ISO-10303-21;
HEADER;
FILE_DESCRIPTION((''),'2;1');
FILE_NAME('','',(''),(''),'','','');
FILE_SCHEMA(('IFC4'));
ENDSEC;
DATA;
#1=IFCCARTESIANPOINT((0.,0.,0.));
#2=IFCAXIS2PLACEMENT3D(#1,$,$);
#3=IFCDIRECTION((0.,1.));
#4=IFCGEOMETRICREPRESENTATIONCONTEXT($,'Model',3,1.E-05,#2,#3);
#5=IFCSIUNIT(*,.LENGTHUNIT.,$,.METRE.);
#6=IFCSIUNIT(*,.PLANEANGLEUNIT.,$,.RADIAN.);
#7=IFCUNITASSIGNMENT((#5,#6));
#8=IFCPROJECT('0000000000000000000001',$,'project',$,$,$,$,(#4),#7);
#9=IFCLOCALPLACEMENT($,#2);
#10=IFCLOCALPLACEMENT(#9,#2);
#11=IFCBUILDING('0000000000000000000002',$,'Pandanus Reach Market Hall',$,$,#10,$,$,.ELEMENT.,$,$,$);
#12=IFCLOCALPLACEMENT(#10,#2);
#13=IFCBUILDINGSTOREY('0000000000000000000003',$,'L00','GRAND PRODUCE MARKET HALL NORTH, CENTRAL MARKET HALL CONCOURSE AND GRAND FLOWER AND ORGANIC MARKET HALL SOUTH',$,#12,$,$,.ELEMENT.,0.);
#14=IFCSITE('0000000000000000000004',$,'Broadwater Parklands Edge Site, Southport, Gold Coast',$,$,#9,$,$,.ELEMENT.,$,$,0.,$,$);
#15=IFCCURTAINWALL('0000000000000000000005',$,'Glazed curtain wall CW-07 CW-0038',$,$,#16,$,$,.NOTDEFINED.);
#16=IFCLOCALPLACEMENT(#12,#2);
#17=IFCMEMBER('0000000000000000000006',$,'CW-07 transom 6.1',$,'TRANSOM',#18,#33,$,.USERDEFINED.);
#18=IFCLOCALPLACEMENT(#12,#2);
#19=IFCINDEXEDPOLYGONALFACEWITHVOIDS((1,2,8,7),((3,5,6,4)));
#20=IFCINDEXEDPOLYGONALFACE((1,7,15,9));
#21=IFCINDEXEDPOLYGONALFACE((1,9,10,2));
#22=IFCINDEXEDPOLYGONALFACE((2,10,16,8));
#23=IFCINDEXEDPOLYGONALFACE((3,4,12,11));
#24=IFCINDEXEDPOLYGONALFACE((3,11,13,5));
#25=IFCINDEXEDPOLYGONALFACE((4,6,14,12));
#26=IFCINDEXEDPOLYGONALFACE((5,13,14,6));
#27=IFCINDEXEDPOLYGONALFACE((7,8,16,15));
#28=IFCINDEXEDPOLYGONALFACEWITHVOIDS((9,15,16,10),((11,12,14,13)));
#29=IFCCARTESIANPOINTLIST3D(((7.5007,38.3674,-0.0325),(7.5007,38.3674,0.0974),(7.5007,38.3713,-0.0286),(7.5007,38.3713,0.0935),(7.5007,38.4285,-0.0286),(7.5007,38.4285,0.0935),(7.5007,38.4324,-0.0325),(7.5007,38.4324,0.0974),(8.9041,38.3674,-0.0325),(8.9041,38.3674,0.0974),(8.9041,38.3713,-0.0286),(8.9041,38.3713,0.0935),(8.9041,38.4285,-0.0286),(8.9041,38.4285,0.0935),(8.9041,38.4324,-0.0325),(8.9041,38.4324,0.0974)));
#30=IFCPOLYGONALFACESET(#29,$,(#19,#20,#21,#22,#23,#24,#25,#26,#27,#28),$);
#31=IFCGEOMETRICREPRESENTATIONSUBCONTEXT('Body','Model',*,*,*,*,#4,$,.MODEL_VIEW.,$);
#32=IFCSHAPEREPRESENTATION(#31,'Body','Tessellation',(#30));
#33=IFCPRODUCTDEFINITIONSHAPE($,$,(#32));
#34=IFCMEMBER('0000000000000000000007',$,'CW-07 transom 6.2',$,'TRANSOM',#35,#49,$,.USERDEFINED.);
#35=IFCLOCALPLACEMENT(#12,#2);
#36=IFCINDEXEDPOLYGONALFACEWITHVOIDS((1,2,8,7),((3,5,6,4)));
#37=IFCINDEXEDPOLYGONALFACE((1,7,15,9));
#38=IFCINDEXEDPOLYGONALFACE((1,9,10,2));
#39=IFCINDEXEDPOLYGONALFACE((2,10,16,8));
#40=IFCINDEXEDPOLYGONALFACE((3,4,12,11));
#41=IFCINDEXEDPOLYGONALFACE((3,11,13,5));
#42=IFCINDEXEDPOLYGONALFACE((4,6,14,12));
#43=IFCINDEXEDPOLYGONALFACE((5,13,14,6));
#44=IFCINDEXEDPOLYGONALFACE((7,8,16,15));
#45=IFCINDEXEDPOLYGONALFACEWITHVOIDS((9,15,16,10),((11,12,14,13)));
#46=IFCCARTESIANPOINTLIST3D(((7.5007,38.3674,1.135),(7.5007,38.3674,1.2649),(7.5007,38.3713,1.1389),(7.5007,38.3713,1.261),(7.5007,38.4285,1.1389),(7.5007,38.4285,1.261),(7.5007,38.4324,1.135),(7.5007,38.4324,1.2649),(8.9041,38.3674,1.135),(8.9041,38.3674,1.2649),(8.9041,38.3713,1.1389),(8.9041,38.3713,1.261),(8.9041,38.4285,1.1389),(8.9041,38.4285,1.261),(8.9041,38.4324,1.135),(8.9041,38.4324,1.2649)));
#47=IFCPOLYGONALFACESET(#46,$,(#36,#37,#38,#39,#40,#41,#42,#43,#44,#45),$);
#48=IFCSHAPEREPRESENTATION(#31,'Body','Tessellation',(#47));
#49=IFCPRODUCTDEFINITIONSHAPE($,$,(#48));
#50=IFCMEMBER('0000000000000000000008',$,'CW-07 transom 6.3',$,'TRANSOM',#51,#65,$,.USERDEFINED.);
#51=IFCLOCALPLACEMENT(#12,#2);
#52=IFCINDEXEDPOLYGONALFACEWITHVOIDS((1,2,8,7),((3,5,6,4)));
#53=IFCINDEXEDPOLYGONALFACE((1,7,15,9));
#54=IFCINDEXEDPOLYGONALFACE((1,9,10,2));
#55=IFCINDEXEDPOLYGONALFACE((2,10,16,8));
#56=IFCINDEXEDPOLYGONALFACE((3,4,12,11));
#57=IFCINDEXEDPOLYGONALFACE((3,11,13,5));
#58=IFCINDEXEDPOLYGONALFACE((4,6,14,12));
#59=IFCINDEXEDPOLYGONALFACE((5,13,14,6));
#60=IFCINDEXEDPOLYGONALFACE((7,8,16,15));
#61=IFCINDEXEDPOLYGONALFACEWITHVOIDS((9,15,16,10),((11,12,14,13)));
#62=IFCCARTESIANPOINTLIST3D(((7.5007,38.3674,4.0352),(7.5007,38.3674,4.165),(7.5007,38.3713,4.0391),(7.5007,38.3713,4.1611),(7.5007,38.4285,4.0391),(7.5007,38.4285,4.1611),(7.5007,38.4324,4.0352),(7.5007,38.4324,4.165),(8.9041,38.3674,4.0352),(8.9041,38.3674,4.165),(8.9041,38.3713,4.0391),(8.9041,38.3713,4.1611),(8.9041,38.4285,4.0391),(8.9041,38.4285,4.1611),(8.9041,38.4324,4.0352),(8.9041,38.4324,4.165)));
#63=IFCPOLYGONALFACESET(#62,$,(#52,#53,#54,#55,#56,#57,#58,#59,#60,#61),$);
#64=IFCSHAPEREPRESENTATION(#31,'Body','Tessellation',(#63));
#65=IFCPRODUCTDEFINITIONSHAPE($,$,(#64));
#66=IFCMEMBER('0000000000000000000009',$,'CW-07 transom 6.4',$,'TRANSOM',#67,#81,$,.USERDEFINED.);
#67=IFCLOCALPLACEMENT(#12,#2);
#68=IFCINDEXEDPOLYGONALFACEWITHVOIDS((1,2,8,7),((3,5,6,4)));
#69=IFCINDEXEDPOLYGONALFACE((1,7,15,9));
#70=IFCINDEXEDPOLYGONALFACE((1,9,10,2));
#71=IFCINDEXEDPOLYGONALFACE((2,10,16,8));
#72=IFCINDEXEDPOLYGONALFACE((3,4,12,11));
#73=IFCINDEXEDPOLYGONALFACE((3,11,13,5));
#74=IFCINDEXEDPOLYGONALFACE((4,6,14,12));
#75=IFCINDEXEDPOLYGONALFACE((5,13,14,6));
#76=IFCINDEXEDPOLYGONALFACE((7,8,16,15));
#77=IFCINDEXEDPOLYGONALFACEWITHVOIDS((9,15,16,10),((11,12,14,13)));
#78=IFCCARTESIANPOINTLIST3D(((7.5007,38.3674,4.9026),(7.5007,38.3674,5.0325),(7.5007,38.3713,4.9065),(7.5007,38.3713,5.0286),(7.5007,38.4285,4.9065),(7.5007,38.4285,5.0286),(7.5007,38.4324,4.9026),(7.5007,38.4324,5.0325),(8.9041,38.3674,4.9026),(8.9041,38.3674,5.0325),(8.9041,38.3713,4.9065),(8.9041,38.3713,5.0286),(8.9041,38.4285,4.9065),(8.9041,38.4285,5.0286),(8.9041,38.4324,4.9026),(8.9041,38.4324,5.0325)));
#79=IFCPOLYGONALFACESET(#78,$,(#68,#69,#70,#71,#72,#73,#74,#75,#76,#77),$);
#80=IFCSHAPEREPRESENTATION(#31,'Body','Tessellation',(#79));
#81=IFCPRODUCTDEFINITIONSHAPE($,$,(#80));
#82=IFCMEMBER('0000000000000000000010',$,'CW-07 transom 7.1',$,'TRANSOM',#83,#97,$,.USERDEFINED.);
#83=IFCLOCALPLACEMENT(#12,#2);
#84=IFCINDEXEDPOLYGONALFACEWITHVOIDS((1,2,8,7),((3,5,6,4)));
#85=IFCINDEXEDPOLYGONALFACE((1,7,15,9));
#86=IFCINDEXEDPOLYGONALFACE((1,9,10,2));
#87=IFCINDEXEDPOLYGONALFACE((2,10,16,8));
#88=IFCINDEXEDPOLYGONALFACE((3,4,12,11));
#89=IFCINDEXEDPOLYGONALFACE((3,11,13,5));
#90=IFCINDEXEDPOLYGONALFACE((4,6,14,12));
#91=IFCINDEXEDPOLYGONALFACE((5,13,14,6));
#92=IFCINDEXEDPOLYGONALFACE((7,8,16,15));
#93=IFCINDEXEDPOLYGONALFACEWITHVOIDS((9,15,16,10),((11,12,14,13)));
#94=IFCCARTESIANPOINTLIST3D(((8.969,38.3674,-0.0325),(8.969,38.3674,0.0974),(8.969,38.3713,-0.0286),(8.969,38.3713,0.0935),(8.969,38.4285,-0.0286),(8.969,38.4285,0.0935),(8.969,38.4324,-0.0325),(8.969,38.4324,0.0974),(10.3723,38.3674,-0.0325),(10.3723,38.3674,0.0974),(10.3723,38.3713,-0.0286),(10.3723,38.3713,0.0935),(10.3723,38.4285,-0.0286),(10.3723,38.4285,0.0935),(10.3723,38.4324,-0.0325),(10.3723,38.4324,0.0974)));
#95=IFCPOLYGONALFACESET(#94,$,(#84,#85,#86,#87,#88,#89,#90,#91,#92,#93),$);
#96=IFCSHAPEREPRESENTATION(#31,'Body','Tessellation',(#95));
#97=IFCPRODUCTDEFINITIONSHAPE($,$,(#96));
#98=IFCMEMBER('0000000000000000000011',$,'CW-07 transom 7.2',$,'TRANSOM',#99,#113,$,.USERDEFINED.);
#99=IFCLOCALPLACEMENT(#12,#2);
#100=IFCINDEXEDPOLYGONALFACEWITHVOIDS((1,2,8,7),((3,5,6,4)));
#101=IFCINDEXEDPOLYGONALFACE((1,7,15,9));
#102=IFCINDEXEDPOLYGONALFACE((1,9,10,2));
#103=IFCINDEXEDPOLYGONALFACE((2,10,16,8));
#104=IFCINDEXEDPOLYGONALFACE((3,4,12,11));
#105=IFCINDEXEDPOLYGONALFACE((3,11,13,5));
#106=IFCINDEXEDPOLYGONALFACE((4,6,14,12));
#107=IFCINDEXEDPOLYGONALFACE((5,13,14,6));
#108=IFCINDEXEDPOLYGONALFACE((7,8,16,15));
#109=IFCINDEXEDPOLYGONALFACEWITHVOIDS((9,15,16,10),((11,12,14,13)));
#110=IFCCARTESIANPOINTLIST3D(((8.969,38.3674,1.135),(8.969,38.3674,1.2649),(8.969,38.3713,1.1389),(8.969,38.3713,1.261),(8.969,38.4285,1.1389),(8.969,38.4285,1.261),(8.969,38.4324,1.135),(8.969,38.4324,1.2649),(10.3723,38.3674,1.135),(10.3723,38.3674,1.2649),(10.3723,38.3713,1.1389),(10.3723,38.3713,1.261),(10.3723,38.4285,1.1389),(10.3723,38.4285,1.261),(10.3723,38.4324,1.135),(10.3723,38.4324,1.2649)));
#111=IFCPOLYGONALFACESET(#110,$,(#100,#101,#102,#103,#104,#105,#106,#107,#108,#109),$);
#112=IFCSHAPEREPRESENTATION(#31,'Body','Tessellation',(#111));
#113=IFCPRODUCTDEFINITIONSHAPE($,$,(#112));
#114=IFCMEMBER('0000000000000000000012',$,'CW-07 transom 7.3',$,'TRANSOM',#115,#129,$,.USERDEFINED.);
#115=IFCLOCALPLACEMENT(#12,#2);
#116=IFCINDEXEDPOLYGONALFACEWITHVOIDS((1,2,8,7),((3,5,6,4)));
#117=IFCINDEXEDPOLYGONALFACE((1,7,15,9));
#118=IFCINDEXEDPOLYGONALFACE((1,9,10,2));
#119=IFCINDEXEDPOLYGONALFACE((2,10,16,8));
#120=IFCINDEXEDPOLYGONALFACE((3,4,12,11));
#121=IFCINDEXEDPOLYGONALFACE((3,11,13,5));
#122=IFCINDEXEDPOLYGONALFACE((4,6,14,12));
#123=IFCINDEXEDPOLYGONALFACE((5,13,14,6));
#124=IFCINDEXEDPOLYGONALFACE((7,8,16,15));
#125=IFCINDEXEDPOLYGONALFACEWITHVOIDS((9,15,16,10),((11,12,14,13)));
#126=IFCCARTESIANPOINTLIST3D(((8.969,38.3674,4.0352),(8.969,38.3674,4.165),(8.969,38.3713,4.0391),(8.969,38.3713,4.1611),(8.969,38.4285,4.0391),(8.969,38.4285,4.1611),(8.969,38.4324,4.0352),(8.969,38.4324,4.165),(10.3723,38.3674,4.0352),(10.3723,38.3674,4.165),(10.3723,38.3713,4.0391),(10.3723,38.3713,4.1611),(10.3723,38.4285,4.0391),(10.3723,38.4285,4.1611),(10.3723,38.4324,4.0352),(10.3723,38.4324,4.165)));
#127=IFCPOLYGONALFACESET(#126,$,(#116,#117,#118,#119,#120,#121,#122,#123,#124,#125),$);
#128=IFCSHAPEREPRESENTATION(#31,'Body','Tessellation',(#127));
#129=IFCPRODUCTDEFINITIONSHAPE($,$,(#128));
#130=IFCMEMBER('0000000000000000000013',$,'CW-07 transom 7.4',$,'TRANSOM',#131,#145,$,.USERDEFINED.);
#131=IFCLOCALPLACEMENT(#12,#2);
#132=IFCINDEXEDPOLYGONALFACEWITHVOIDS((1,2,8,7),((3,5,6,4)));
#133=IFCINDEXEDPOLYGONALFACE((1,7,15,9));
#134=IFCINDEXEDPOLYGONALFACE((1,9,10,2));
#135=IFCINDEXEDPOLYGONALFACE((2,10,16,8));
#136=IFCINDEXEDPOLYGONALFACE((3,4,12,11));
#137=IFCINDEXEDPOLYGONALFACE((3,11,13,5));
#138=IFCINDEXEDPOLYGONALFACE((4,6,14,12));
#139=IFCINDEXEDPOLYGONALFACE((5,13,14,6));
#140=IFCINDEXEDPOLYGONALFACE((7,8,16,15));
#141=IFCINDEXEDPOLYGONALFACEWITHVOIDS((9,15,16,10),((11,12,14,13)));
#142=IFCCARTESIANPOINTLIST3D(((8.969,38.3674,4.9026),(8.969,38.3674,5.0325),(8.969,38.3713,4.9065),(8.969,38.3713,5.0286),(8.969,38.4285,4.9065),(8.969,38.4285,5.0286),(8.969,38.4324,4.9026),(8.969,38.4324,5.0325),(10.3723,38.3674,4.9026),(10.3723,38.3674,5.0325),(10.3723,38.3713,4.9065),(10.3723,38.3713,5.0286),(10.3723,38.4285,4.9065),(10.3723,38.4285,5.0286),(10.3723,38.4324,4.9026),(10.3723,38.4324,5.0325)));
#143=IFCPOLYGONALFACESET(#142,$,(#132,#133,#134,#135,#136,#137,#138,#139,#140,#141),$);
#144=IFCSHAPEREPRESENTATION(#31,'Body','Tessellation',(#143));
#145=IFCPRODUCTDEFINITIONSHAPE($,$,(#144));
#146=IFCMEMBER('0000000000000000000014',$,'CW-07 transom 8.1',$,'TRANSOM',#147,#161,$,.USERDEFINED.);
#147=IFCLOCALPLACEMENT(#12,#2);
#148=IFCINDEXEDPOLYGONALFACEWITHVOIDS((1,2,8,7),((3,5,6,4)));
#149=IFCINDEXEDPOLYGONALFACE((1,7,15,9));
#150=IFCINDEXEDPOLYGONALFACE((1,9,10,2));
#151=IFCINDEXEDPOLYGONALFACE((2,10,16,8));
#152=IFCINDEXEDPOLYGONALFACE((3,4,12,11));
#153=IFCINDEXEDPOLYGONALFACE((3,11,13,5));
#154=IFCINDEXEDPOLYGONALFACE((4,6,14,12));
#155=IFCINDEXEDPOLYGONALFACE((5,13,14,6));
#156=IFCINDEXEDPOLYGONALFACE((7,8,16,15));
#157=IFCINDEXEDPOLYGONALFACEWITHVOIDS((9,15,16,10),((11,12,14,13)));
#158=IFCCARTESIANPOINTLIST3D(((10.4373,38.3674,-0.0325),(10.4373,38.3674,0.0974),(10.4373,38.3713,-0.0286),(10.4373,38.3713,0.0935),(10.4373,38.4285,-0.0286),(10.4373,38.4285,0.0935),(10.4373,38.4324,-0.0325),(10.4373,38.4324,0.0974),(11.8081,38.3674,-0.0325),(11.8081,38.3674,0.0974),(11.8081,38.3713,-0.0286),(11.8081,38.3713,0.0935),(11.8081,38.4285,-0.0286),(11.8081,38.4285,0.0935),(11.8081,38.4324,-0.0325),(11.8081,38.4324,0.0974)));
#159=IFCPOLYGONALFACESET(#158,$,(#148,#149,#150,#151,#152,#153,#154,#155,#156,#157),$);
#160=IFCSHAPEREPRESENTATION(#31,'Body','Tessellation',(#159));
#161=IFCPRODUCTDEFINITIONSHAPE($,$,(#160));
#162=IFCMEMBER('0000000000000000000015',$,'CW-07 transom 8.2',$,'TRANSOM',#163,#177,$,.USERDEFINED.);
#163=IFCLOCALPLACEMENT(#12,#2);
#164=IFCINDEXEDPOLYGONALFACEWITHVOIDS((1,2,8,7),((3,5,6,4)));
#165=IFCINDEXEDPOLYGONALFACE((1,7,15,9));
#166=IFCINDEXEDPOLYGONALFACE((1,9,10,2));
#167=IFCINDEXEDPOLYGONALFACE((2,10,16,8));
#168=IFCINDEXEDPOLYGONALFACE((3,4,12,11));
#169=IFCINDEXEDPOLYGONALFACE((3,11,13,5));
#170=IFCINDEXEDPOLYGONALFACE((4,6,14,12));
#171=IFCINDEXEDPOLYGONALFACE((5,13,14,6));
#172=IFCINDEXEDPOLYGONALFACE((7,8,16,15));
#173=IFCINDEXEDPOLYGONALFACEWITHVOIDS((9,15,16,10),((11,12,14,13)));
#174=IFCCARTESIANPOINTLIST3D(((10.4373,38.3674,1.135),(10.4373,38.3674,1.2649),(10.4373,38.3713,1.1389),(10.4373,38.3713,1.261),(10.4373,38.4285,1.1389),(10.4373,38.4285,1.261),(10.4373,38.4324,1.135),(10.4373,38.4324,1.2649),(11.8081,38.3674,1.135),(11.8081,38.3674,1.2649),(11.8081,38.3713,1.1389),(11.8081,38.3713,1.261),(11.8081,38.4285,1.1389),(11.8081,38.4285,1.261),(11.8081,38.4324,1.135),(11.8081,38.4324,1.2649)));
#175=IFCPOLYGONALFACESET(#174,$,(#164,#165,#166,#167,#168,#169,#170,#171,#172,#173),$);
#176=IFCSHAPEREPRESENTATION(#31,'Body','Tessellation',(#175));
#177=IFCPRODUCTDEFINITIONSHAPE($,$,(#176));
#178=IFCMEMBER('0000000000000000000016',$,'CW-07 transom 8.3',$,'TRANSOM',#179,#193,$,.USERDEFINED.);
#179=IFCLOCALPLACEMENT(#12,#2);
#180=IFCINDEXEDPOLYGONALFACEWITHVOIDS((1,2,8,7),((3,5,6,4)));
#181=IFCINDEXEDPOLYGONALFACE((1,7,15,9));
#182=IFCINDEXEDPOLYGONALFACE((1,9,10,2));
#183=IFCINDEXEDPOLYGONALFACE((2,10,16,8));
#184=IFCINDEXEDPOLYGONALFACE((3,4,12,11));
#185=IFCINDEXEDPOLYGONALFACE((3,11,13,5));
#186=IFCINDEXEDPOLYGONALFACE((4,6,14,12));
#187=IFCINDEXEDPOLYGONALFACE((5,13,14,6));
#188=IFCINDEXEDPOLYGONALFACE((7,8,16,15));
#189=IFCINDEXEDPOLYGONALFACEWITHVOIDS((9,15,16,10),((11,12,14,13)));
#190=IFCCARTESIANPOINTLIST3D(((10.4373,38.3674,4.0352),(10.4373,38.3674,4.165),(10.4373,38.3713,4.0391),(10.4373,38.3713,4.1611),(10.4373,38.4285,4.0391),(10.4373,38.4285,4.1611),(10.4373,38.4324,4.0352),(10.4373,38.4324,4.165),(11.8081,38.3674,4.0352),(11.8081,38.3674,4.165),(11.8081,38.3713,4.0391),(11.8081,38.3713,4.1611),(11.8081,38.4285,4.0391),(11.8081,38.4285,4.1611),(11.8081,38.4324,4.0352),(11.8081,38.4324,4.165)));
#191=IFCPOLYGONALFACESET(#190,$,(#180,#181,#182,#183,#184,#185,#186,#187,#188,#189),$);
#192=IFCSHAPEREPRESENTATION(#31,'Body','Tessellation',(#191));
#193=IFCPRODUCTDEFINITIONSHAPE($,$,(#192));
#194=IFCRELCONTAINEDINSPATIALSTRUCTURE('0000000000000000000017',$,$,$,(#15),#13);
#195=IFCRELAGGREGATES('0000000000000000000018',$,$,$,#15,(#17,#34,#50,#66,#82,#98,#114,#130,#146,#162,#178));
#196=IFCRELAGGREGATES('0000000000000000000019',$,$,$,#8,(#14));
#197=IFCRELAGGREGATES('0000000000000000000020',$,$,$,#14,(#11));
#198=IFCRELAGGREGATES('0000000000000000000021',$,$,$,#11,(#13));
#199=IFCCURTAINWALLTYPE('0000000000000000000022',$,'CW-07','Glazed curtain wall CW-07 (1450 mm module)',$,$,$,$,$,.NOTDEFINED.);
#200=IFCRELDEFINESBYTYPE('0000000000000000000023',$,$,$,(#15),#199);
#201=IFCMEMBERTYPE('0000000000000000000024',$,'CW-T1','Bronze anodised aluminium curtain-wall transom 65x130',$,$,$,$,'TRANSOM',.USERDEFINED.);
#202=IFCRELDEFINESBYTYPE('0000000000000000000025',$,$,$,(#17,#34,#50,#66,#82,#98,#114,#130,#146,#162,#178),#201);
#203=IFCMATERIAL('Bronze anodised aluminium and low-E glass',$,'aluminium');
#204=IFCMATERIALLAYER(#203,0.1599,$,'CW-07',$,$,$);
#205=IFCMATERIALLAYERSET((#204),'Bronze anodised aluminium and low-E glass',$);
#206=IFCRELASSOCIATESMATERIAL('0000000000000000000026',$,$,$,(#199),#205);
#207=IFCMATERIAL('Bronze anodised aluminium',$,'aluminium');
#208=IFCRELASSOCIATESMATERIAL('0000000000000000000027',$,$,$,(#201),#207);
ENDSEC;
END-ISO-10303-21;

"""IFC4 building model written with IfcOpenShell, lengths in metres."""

from ifc_helpers import new_model, si_unit, direction, frame, origin, origin_2d, place, context, subcontext, project, spatial, hollow_rectangle, extrude, material, layer, layer_set, material_profile, profile_set, type_object, element, aggregate, save


model = new_model("IFC4")

# Units and contexts
model_context = context("Model", 3, precision=1e-05, world=origin(), true_north=direction((0.0, 1.0)))
body_context = subcontext(model_context, "Body", "Model", "MODEL_VIEW")
ifc_project = project(units=[si_unit("LENGTHUNIT", "METRE"), si_unit("PLANEANGLEUNIT", "RADIAN")], contexts=[model_context])

# Site, building, storey
site_placement = place(None, origin())
site = spatial("IfcSite", under=ifc_project, at=site_placement, Name="Broadwater Parklands Edge Site, Southport, Gold Coast", CompositionType="ELEMENT", RefElevation=0.0)
building_placement = place(site_placement, origin())
building = spatial("IfcBuilding", under=site, at=building_placement, Name="Pandanus Reach Market Hall", CompositionType="ELEMENT")
storey_placement = place(building_placement, origin())
storey = spatial("IfcBuildingStorey", under=building, at=storey_placement, Name="L00", Description="GRAND PRODUCE MARKET HALL NORTH, CENTRAL MARKET HALL CONCOURSE AND GRAND FLOWER AND ORGANIC MARKET HALL SOUTH", CompositionType="ELEMENT", Elevation=0.0)

# Curtain wall, members
ifc_material_1 = material(Name="Bronze anodised aluminium and low-E glass", Category="aluminium")
ifc_layer_1 = layer(ifc_material_1, 0.1599, Name="CW-07")
ifc_layer_set_1 = layer_set([ifc_layer_1], Name="Bronze anodised aluminium and low-E glass")
curtain_wall_type = type_object("IfcCurtainWallType", Name="CW-07", Description="Glazed curtain wall CW-07 (1450 mm module)", PredefinedType="NOTDEFINED", material=ifc_layer_set_1)
curtain_wall_placement = place(storey_placement, origin())
curtain_wall = element("IfcCurtainWall", 1, at=curtain_wall_placement, inside=storey, type_object=curtain_wall_type, Name="Glazed curtain wall CW-07 CW-0038", PredefinedType="NOTDEFINED")
ifc_material_2 = material(Name="Bronze anodised aluminium", Category="aluminium")
ifc_material_profile_1 = material_profile(ifc_material_2, hollow_rectangle(XDim=0.0649, YDim=0.1299, WallThickness=0.0039, at=origin_2d()), Name="ALU65x130", Category="LoadBearing")
ifc_profile_set_1 = profile_set([ifc_material_profile_1], Name="Bronze anodised aluminium")
member_type_1 = type_object("IfcMemberType", Name="CW-T1", Description="Bronze anodised aluminium curtain-wall transom 65x130", ElementType="TRANSOM", PredefinedType="USERDEFINED", material=ifc_profile_set_1)
member_1_placement = place(storey_placement, frame((7.5007, 38.3999, 0.0325), z_axis=(1.0, 0.0, 0.0), x_axis=(0.0, 1.0, 0.0)))
member_1 = element("IfcMember", 2, at=member_1_placement, type_object=member_type_1, Name="CW-07 transom 6.1", ObjectType="TRANSOM", PredefinedType="USERDEFINED", context=body_context, shape_type="SweptSolid", body=[
    extrude(hollow_rectangle(XDim=0.0649, YDim=0.1299, WallThickness=0.0039, at=origin_2d()), origin(), (0.0, 0.0, 1.0), 1.4033),
])
member_2_placement = place(storey_placement, frame((7.5007, 38.3999, 1.2), z_axis=(1.0, 0.0, 0.0), x_axis=(0.0, 1.0, 0.0)))
member_2 = element("IfcMember", 3, at=member_2_placement, type_object=member_type_1, Name="CW-07 transom 6.2", ObjectType="TRANSOM", PredefinedType="USERDEFINED", context=body_context, shape_type="SweptSolid", body=[
    extrude(hollow_rectangle(XDim=0.0649, YDim=0.1299, WallThickness=0.0039, at=origin_2d()), origin(), (0.0, 0.0, 1.0), 1.4033),
])
member_3_placement = place(storey_placement, frame((7.5007, 38.3999, 4.1001), z_axis=(1.0, 0.0, 0.0), x_axis=(0.0, 1.0, 0.0)))
member_3 = element("IfcMember", 4, at=member_3_placement, type_object=member_type_1, Name="CW-07 transom 6.3", ObjectType="TRANSOM", PredefinedType="USERDEFINED", context=body_context, shape_type="SweptSolid", body=[
    extrude(hollow_rectangle(XDim=0.0649, YDim=0.1299, WallThickness=0.0039, at=origin_2d()), origin(), (0.0, 0.0, 1.0), 1.4033),
])
member_4_placement = place(storey_placement, frame((7.5007, 38.3999, 4.9675), z_axis=(1.0, 0.0, 0.0), x_axis=(0.0, 1.0, 0.0)))
member_4 = element("IfcMember", 5, at=member_4_placement, type_object=member_type_1, Name="CW-07 transom 6.4", ObjectType="TRANSOM", PredefinedType="USERDEFINED", context=body_context, shape_type="SweptSolid", body=[
    extrude(hollow_rectangle(XDim=0.0649, YDim=0.1299, WallThickness=0.0039, at=origin_2d()), origin(), (0.0, 0.0, 1.0), 1.4033),
])
member_5_placement = place(storey_placement, frame((8.969, 38.3999, 0.0325), z_axis=(1.0, 0.0, 0.0), x_axis=(0.0, 1.0, 0.0)))
member_5 = element("IfcMember", 6, at=member_5_placement, type_object=member_type_1, Name="CW-07 transom 7.1", ObjectType="TRANSOM", PredefinedType="USERDEFINED", context=body_context, shape_type="SweptSolid", body=[
    extrude(hollow_rectangle(XDim=0.0649, YDim=0.1299, WallThickness=0.0039, at=origin_2d()), origin(), (0.0, 0.0, 1.0), 1.4033),
])
member_6_placement = place(storey_placement, frame((8.969, 38.3999, 1.2), z_axis=(1.0, 0.0, 0.0), x_axis=(0.0, 1.0, 0.0)))
member_6 = element("IfcMember", 7, at=member_6_placement, type_object=member_type_1, Name="CW-07 transom 7.2", ObjectType="TRANSOM", PredefinedType="USERDEFINED", context=body_context, shape_type="SweptSolid", body=[
    extrude(hollow_rectangle(XDim=0.0649, YDim=0.1299, WallThickness=0.0039, at=origin_2d()), origin(), (0.0, 0.0, 1.0), 1.4033),
])
member_7_placement = place(storey_placement, frame((8.969, 38.3999, 4.1001), z_axis=(1.0, 0.0, 0.0), x_axis=(0.0, 1.0, 0.0)))
member_7 = element("IfcMember", 8, at=member_7_placement, type_object=member_type_1, Name="CW-07 transom 7.3", ObjectType="TRANSOM", PredefinedType="USERDEFINED", context=body_context, shape_type="SweptSolid", body=[
    extrude(hollow_rectangle(XDim=0.0649, YDim=0.1299, WallThickness=0.0039, at=origin_2d()), origin(), (0.0, 0.0, 1.0), 1.4033),
])
member_8_placement = place(storey_placement, frame((8.969, 38.3999, 4.9675), z_axis=(1.0, 0.0, 0.0), x_axis=(0.0, 1.0, 0.0)))
member_8 = element("IfcMember", 9, at=member_8_placement, type_object=member_type_1, Name="CW-07 transom 7.4", ObjectType="TRANSOM", PredefinedType="USERDEFINED", context=body_context, shape_type="SweptSolid", body=[
    extrude(hollow_rectangle(XDim=0.0649, YDim=0.1299, WallThickness=0.0039, at=origin_2d()), origin(), (0.0, 0.0, 1.0), 1.4033),
])
member_9_placement = place(storey_placement, frame((10.4373, 38.3999, 0.0325), z_axis=(1.0, 0.0, 0.0), x_axis=(0.0, 1.0, 0.0)))
member_9 = element("IfcMember", 10, at=member_9_placement, type_object=member_type_1, Name="CW-07 transom 8.1", ObjectType="TRANSOM", PredefinedType="USERDEFINED", context=body_context, shape_type="SweptSolid", body=[
    extrude(hollow_rectangle(XDim=0.0649, YDim=0.1299, WallThickness=0.0039, at=origin_2d()), origin(), (0.0, 0.0, 1.0), 1.3708),
])
member_10_placement = place(storey_placement, frame((10.4373, 38.3999, 1.2), z_axis=(1.0, 0.0, 0.0), x_axis=(0.0, 1.0, 0.0)))
member_10 = element("IfcMember", 11, at=member_10_placement, type_object=member_type_1, Name="CW-07 transom 8.2", ObjectType="TRANSOM", PredefinedType="USERDEFINED", context=body_context, shape_type="SweptSolid", body=[
    extrude(hollow_rectangle(XDim=0.0649, YDim=0.1299, WallThickness=0.0039, at=origin_2d()), origin(), (0.0, 0.0, 1.0), 1.3708),
])
member_11_placement = place(storey_placement, frame((10.4373, 38.3999, 4.1001), z_axis=(1.0, 0.0, 0.0), x_axis=(0.0, 1.0, 0.0)))
member_11 = element("IfcMember", 12, at=member_11_placement, type_object=member_type_1, Name="CW-07 transom 8.3", ObjectType="TRANSOM", PredefinedType="USERDEFINED", context=body_context, shape_type="SweptSolid", body=[
    extrude(hollow_rectangle(XDim=0.0649, YDim=0.1299, WallThickness=0.0039, at=origin_2d()), origin(), (0.0, 0.0, 1.0), 1.3708),
])

aggregate(curtain_wall, [member_1, member_2, member_3, member_4, member_5, member_6, member_7, member_8, member_9, member_10, member_11])

save(model, "model.ifc")
